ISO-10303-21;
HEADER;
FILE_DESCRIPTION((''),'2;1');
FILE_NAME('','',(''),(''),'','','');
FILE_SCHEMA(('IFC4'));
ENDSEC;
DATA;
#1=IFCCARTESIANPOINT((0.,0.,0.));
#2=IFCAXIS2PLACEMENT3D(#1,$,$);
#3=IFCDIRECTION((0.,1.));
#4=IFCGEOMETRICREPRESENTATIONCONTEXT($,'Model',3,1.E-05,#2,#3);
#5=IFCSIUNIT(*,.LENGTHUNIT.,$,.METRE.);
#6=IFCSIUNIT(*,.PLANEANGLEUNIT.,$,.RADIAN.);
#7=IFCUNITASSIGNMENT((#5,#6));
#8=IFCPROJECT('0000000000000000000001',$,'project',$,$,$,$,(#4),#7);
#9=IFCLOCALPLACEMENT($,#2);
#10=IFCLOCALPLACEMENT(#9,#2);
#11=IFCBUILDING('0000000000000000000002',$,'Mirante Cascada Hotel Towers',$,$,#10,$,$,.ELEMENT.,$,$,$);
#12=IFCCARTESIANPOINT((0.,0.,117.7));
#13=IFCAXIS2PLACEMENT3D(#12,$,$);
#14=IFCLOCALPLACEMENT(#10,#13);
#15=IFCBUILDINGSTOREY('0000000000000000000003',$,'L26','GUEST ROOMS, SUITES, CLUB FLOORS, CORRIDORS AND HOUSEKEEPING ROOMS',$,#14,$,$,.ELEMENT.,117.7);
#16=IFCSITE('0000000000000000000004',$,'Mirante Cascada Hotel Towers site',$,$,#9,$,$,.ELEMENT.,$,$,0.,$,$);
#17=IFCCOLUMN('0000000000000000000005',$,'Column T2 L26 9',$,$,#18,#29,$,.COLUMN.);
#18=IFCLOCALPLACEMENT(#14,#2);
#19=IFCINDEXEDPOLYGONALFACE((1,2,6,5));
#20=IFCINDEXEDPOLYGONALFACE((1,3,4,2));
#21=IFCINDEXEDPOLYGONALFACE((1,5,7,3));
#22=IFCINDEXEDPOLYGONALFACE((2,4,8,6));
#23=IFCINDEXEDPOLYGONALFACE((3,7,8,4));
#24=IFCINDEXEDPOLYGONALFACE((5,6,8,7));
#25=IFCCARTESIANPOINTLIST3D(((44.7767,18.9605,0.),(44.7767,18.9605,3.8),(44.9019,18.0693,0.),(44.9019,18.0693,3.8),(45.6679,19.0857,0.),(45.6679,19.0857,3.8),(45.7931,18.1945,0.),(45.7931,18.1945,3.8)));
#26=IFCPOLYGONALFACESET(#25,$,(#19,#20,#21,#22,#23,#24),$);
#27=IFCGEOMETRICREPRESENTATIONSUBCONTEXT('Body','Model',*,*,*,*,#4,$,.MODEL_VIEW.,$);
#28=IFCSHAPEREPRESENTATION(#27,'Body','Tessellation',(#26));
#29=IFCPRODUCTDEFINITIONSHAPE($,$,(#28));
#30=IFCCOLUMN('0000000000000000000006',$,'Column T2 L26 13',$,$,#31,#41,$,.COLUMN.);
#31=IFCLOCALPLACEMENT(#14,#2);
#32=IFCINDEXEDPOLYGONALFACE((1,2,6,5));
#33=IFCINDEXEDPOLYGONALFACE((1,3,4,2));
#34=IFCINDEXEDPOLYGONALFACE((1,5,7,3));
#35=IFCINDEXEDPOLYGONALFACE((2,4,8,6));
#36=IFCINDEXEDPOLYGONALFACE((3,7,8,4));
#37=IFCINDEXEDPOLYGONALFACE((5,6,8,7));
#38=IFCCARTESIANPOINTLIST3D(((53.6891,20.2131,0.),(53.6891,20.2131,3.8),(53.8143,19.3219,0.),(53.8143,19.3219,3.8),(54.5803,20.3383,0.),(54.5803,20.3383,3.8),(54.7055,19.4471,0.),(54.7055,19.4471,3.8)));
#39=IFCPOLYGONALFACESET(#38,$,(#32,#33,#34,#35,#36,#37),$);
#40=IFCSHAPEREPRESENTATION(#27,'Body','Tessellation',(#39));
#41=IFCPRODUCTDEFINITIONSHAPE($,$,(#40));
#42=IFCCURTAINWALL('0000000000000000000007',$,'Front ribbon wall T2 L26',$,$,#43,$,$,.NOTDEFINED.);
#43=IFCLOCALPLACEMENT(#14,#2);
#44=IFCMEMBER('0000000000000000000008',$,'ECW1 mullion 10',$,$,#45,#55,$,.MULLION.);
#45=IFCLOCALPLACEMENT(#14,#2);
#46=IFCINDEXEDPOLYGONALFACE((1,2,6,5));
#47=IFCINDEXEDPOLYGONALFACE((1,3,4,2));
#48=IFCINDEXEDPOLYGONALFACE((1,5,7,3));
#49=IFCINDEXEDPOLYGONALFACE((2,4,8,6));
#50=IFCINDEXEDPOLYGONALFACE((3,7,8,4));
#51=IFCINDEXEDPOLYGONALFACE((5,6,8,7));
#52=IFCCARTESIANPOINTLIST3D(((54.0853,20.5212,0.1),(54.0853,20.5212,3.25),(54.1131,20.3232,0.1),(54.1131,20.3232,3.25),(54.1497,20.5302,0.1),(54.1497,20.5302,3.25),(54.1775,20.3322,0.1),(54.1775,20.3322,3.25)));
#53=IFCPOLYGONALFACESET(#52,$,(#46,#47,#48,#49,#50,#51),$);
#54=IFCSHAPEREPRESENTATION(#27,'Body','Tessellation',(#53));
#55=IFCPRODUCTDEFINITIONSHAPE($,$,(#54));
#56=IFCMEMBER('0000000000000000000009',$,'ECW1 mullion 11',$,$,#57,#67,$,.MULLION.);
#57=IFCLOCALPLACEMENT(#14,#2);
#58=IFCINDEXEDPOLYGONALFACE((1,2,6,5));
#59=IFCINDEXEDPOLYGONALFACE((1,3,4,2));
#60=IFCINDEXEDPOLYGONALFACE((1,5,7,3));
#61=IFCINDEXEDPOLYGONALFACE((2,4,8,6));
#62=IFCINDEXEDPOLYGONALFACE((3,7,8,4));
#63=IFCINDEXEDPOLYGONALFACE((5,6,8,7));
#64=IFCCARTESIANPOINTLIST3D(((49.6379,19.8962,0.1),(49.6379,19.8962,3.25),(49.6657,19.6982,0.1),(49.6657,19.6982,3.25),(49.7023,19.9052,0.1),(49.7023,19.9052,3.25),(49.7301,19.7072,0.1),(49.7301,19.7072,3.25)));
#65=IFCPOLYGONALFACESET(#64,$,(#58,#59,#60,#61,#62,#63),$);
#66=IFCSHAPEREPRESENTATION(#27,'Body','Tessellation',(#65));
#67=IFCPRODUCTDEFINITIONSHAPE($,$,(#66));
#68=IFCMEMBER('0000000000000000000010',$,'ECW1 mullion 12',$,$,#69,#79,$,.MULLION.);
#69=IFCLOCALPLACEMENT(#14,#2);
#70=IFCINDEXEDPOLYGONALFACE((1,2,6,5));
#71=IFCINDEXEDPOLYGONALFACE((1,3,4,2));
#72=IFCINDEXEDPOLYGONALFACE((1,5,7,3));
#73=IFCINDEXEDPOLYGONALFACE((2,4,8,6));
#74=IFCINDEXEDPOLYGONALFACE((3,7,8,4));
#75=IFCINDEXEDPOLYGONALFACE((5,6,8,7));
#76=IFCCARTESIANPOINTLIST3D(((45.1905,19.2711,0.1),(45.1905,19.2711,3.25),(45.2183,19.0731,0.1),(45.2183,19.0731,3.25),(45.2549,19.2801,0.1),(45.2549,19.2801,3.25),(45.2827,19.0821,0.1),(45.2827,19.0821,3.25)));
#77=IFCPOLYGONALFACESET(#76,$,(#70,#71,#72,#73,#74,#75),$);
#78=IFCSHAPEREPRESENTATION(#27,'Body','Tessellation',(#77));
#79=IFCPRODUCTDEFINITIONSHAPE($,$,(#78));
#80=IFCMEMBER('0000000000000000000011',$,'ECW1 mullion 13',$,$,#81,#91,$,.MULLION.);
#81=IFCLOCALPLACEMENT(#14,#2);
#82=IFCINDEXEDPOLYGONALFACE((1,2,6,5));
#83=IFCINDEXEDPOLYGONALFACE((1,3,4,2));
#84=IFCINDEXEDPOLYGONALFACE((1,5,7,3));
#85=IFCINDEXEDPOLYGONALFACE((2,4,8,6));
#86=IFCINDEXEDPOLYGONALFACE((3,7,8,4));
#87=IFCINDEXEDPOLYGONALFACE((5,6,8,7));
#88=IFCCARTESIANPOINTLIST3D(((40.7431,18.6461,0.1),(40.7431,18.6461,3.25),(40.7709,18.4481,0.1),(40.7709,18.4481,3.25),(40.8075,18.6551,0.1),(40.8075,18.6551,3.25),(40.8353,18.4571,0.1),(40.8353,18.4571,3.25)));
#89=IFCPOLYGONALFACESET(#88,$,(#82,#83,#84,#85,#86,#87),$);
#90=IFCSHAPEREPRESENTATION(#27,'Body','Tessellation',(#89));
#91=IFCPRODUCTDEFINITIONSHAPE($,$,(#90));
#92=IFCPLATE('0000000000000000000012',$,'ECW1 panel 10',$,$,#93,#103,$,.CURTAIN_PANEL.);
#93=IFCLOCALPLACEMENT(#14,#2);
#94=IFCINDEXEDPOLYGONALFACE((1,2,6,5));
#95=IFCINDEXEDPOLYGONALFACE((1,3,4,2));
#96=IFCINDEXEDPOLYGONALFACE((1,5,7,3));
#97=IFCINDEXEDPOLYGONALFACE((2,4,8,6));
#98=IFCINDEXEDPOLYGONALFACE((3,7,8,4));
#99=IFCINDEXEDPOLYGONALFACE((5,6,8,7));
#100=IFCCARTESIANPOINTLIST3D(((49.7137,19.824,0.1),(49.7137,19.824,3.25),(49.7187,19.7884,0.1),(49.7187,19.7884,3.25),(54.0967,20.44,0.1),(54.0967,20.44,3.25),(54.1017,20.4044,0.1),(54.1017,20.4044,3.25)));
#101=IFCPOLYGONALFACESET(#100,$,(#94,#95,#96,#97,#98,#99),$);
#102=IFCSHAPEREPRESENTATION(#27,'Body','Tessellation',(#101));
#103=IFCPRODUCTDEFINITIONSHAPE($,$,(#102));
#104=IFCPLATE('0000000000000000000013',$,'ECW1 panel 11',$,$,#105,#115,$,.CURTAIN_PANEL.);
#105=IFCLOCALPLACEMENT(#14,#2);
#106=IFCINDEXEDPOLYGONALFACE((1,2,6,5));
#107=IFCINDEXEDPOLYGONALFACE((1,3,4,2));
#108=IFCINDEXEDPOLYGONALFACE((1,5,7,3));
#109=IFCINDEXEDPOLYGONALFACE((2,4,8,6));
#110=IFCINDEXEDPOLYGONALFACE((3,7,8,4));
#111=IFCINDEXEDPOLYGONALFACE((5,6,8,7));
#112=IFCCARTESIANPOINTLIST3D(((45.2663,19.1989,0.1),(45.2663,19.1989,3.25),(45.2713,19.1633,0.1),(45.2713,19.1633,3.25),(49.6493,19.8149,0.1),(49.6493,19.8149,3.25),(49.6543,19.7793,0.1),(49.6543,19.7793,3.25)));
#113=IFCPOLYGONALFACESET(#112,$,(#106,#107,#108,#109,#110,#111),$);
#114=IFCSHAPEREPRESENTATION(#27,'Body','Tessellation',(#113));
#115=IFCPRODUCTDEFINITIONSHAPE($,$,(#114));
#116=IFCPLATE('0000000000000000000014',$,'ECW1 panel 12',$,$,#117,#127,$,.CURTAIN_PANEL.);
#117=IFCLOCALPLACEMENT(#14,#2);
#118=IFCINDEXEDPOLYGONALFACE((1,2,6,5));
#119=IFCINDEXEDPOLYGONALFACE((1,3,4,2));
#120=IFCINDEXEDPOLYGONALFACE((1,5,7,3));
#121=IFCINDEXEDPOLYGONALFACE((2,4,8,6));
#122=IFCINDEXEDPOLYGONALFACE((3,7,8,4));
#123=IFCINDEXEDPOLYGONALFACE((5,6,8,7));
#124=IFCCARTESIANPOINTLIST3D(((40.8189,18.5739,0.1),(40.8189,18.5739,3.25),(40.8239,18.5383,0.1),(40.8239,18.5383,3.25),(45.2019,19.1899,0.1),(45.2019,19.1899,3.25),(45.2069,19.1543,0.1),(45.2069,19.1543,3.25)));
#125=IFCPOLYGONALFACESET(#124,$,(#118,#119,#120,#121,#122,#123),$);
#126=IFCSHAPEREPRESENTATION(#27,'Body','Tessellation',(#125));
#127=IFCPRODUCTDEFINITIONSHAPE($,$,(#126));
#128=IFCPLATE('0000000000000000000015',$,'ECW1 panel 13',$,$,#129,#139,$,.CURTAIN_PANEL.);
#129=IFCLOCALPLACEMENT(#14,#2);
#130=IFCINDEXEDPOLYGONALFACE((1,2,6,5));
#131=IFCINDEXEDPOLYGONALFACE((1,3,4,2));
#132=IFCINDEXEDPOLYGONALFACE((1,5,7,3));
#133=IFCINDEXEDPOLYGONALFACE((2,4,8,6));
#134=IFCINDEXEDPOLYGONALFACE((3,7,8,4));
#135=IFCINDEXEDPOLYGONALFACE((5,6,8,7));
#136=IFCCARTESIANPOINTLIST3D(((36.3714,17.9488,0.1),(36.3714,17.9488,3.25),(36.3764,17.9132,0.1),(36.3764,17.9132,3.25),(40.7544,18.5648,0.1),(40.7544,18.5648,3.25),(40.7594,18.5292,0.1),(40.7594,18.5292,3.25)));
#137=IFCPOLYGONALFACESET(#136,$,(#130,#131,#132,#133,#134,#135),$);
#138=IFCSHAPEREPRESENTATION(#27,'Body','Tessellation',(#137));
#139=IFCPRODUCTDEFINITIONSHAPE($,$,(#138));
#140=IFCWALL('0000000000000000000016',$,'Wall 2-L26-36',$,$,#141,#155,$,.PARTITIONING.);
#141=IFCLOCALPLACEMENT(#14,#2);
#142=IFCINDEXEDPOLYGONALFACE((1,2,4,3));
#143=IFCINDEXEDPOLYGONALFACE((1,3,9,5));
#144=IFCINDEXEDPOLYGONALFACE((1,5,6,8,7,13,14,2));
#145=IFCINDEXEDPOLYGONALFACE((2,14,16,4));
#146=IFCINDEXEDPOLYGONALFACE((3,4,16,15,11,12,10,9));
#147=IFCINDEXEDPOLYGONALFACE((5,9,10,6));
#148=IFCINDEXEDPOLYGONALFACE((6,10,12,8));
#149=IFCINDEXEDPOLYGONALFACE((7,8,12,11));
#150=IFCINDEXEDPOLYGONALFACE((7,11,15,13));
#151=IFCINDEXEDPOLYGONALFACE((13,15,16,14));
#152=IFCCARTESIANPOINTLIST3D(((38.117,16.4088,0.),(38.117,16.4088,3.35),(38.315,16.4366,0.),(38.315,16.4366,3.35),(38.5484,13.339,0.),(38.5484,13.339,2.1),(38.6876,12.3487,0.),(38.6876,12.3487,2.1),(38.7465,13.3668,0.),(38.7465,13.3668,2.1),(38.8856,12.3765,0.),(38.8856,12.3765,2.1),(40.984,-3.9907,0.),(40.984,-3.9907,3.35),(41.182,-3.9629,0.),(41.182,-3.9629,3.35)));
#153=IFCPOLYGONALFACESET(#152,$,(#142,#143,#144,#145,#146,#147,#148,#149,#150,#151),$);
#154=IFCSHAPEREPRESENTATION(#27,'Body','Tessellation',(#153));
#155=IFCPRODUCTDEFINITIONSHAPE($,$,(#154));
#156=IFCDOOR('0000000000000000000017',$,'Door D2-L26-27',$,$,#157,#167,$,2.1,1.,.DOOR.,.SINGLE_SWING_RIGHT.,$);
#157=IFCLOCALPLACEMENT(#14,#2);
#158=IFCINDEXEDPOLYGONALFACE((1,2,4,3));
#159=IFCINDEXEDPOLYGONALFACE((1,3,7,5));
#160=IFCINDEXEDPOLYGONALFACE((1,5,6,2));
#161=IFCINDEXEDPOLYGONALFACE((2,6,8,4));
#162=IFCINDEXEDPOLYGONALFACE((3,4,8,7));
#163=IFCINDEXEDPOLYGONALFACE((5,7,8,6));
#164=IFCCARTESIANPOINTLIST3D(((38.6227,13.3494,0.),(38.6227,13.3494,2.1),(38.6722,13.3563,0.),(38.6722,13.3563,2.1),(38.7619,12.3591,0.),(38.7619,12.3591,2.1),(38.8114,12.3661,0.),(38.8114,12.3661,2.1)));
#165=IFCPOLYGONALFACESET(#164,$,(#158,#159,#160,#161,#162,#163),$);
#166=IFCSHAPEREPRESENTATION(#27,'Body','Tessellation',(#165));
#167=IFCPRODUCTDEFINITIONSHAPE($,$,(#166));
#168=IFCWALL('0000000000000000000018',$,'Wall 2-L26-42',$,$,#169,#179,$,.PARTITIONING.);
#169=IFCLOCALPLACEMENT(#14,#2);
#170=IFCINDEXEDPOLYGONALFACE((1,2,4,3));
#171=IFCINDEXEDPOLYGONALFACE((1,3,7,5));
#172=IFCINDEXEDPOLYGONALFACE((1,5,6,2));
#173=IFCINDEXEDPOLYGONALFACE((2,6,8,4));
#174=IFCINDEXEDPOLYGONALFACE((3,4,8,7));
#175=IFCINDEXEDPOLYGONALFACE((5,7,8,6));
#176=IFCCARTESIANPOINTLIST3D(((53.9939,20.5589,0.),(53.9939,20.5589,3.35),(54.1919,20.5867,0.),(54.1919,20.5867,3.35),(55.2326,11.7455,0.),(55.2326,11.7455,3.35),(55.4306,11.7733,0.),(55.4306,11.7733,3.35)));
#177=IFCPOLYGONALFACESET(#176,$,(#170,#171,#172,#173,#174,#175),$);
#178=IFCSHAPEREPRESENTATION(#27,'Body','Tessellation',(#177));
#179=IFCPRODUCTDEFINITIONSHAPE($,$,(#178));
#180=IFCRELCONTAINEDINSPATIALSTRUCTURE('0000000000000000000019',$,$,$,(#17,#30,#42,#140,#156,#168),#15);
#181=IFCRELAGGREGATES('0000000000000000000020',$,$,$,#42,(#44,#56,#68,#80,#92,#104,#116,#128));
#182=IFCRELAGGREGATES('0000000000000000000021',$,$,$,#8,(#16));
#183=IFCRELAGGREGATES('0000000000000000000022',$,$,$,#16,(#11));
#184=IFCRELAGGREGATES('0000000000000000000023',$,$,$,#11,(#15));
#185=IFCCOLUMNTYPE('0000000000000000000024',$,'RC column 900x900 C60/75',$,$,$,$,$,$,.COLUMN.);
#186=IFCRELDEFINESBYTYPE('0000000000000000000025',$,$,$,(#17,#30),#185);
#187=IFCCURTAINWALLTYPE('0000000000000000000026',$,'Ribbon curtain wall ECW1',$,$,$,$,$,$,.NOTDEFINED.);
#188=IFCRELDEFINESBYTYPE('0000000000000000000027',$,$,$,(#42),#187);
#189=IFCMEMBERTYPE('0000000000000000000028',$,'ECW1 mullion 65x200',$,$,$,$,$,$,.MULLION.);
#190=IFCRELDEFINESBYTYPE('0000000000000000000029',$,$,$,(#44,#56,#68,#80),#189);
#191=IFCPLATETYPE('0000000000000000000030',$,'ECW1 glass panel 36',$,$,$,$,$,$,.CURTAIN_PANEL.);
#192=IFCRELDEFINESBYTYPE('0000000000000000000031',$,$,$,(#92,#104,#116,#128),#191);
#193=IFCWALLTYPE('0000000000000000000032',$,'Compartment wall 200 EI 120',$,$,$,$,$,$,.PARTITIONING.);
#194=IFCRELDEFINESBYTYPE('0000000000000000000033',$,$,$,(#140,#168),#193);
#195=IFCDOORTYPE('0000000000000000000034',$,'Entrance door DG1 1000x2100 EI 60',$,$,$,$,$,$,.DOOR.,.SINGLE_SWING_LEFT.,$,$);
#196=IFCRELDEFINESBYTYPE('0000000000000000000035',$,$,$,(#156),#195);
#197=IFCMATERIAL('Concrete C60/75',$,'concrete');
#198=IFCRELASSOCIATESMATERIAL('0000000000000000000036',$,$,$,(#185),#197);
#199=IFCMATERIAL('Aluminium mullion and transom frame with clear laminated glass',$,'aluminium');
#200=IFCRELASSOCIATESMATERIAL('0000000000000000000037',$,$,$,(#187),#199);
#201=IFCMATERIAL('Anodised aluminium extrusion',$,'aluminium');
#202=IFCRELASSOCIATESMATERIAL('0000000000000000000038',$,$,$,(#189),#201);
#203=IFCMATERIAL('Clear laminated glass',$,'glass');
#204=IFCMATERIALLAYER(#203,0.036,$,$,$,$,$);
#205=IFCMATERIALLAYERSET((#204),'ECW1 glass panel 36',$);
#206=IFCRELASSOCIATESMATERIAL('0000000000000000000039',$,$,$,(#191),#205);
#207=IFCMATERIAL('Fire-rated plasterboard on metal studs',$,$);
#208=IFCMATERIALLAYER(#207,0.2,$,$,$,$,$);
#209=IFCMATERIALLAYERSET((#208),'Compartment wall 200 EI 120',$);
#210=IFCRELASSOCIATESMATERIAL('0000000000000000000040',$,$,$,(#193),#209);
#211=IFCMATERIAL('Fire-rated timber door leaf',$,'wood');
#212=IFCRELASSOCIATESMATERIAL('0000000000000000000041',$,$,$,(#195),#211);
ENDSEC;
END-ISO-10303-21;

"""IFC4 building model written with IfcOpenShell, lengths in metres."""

from ifc_helpers import new_model, si_unit, direction, frame, frame_2d, origin, origin_2d, place, context, subcontext, project, spatial, rectangle, extrude, material, layer, layer_set, material_profile, profile_set, type_object, element, fill, aggregate, save


model = new_model("IFC4")

# Units and contexts
model_context = context("Model", 3, precision=1e-05, world=origin(), true_north=direction((0.0, 1.0)))
body_context = subcontext(model_context, "Body", "Model", "MODEL_VIEW")
ifc_project = project(units=[si_unit("LENGTHUNIT", "METRE"), si_unit("PLANEANGLEUNIT", "RADIAN")], contexts=[model_context])

# Site, building, storey
site_placement = place(None, origin())
site = spatial("IfcSite", under=ifc_project, at=site_placement, Name="Mirante Cascada Hotel Towers site", CompositionType="ELEMENT", RefElevation=0.0)
building_placement = place(site_placement, origin())
building = spatial("IfcBuilding", under=site, at=building_placement, Name="Mirante Cascada Hotel Towers", CompositionType="ELEMENT")
storey_placement = place(building_placement, frame((0.0, 0.0, 117.7)))
storey = spatial("IfcBuildingStorey", under=building, at=storey_placement, Name="L26", Description="GUEST ROOMS, SUITES, CLUB FLOORS, CORRIDORS AND HOUSEKEEPING ROOMS", CompositionType="ELEMENT", Elevation=117.7)

# Columns
ifc_material_1 = material(Name="Concrete C60/75", Category="concrete")
ifc_material_profile_1 = material_profile(ifc_material_1, rectangle(XDim=0.9, YDim=0.9, at=origin_2d()), Name="RC column 900x900 C60/75")
ifc_profile_set_1 = profile_set([ifc_material_profile_1], Name="Concrete C60/75")
column_type = type_object("IfcColumnType", Name="RC column 900x900 C60/75", PredefinedType="COLUMN", material=ifc_profile_set_1)
for number, where, z_axis, x_axis, name in (
    (1, (45.2849, 18.5775, 0.0), (0.0, 0.0, 1.0), (0.990268, 0.139173, 0.0), "Column T2 L26 9"),
    (2, (54.1973, 19.8301, 0.0), (0.0, 0.0, 1.0), (0.990268, 0.139173, 0.0), "Column T2 L26 13"),
):
    element("IfcColumn", number, at=place(storey_placement, frame(where, z_axis=z_axis, x_axis=x_axis)), inside=storey, type_object=column_type, Name=name, PredefinedType="COLUMN", context=body_context, shape_type="SweptSolid", body=[
        extrude(rectangle(XDim=0.9, YDim=0.9, at=origin_2d()), origin(), (0.0, 0.0, 1.0), 3.8),
    ])

# Curtain wall, members, plates
ifc_material_2 = material(Name="Aluminium mullion and transom frame with clear laminated glass", Category="aluminium")
curtain_wall_type = type_object("IfcCurtainWallType", Name="Ribbon curtain wall ECW1", PredefinedType="NOTDEFINED", material=ifc_material_2)
curtain_wall_placement = place(storey_placement, origin())
curtain_wall = element("IfcCurtainWall", 3, at=curtain_wall_placement, inside=storey, type_object=curtain_wall_type, Name="Front ribbon wall T2 L26", PredefinedType="NOTDEFINED")
ifc_material_3 = material(Name="Anodised aluminium extrusion", Category="aluminium")
ifc_material_profile_2 = material_profile(ifc_material_3, rectangle(XDim=0.2, YDim=0.065, at=origin_2d()), Name="ECW1 MULLION 65x200")
ifc_profile_set_2 = profile_set([ifc_material_profile_2], Name="Anodised aluminium extrusion")
member_type = type_object("IfcMemberType", Name="ECW1 mullion 65x200", PredefinedType="MULLION", material=ifc_profile_set_2)
member_1_placement = place(storey_placement, frame((54.1314, 20.4267, 0.1), z_axis=(0.0, 0.0, 1.0), x_axis=(0.139173, -0.990268, 0.0)))
member_1 = element("IfcMember", 4, at=member_1_placement, type_object=member_type, Name="ECW1 mullion 10", PredefinedType="MULLION", context=body_context, shape_type="SweptSolid", body=[
    extrude(rectangle(XDim=0.2, YDim=0.065, at=origin_2d()), origin(), (0.0, 0.0, 1.0), 3.15),
])
member_2_placement = place(storey_placement, frame((49.684, 19.8017, 0.1), z_axis=(0.0, 0.0, 1.0), x_axis=(0.139173, -0.990268, 0.0)))
member_2 = element("IfcMember", 5, at=member_2_placement, type_object=member_type, Name="ECW1 mullion 11", PredefinedType="MULLION", context=body_context, shape_type="SweptSolid", body=[
    extrude(rectangle(XDim=0.2, YDim=0.065, at=origin_2d()), origin(), (0.0, 0.0, 1.0), 3.15),
])
member_3_placement = place(storey_placement, frame((45.2366, 19.1766, 0.1), z_axis=(0.0, 0.0, 1.0), x_axis=(0.139173, -0.990268, 0.0)))
member_3 = element("IfcMember", 6, at=member_3_placement, type_object=member_type, Name="ECW1 mullion 12", PredefinedType="MULLION", context=body_context, shape_type="SweptSolid", body=[
    extrude(rectangle(XDim=0.2, YDim=0.065, at=origin_2d()), origin(), (0.0, 0.0, 1.0), 3.15),
])
member_4_placement = place(storey_placement, frame((40.7892, 18.5516, 0.1), z_axis=(0.0, 0.0, 1.0), x_axis=(0.139173, -0.990268, 0.0)))
member_4 = element("IfcMember", 7, at=member_4_placement, type_object=member_type, Name="ECW1 mullion 13", PredefinedType="MULLION", context=body_context, shape_type="SweptSolid", body=[
    extrude(rectangle(XDim=0.2, YDim=0.065, at=origin_2d()), origin(), (0.0, 0.0, 1.0), 3.15),
])
ifc_material_4 = material(Name="Clear laminated glass", Category="glass")
ifc_layer_1 = layer(ifc_material_4, 0.036)
ifc_layer_set_1 = layer_set([ifc_layer_1], Name="ECW1 glass panel 36")
plate_type = type_object("IfcPlateType", Name="ECW1 glass panel 36", PredefinedType="CURTAIN_PANEL", material=ifc_layer_set_1)
plate_1_placement = place(storey_placement, frame((51.9077, 20.1142, 0.1), z_axis=(0.0, 0.0, 1.0), x_axis=(-0.990268, -0.139173, 0.0)))
plate_1 = element("IfcPlate", 8, at=plate_1_placement, type_object=plate_type, Name="ECW1 panel 10", PredefinedType="CURTAIN_PANEL", context=body_context, shape_type="SweptSolid", body=[
    extrude(rectangle(XDim=4.4261, YDim=0.036, at=origin_2d()), origin(), (0.0, 0.0, 1.0), 3.15),
])
plate_2_placement = place(storey_placement, frame((47.4603, 19.4891, 0.1), z_axis=(0.0, 0.0, 1.0), x_axis=(-0.990268, -0.139173, 0.0)))
plate_2 = element("IfcPlate", 9, at=plate_2_placement, type_object=plate_type, Name="ECW1 panel 11", PredefinedType="CURTAIN_PANEL", context=body_context, shape_type="SweptSolid", body=[
    extrude(rectangle(XDim=4.4261, YDim=0.036, at=origin_2d()), origin(), (0.0, 0.0, 1.0), 3.15),
])
plate_3_placement = place(storey_placement, frame((43.0129, 18.8641, 0.1), z_axis=(0.0, 0.0, 1.0), x_axis=(-0.990268, -0.139173, 0.0)))
plate_3 = element("IfcPlate", 10, at=plate_3_placement, type_object=plate_type, Name="ECW1 panel 12", PredefinedType="CURTAIN_PANEL", context=body_context, shape_type="SweptSolid", body=[
    extrude(rectangle(XDim=4.4261, YDim=0.036, at=origin_2d()), origin(), (0.0, 0.0, 1.0), 3.15),
])
plate_4_placement = place(storey_placement, frame((38.5654, 18.239, 0.1), z_axis=(0.0, 0.0, 1.0), x_axis=(-0.990268, -0.139173, 0.0)))
plate_4 = element("IfcPlate", 11, at=plate_4_placement, type_object=plate_type, Name="ECW1 panel 13", PredefinedType="CURTAIN_PANEL", context=body_context, shape_type="SweptSolid", body=[
    extrude(rectangle(XDim=4.4261, YDim=0.036, at=origin_2d()), origin(), (0.0, 0.0, 1.0), 3.15),
])
aggregate(curtain_wall, [member_1, member_2, member_3, member_4, plate_1, plate_2, plate_3, plate_4])

# Wall, opening, door
ifc_material_5 = material(Name="Fire-rated plasterboard on metal studs")
ifc_layer_2 = layer(ifc_material_5, 0.2)
ifc_layer_set_2 = layer_set([ifc_layer_2], Name="Compartment wall 200 EI 120")
wall_type_1 = type_object("IfcWallType", Name="Compartment wall 200 EI 120", PredefinedType="PARTITIONING", material=ifc_layer_set_2)
wall_1_placement = place(storey_placement, frame((38.216, 16.4227, 0.0), z_axis=(0.0, 0.0, 1.0), x_axis=(0.139175, -0.990268, 0.0)))
wall_1 = element("IfcWall", 12, at=wall_1_placement, inside=storey, type_object=wall_type_1, Name="Wall 2-L26-36", PredefinedType="PARTITIONING", context=body_context, shape_type="SweptSolid", body=[
    extrude(rectangle(XDim=20.6, YDim=0.2, at=frame_2d((10.3, 0.0))), origin(), (0.0, 0.0, 1.0), 3.35),
])
opening_1_placement = place(wall_1_placement, frame((3.1, 0.0, 0.0)))
opening_1 = element("IfcOpeningElement", 13, at=opening_1_placement, cuts=wall_1, PredefinedType="OPENING", context=body_context, shape_type="SweptSolid", body=[
    extrude(rectangle(XDim=1.0, YDim=2.1, at=frame_2d((0.5, 1.05))), frame((0.0, 0.1, 0.0), z_axis=(0.0, -1.0, 0.0), x_axis=(1.0, 0.0, 0.0)), (0.0, 0.0, 1.0), 0.2),
])
ifc_material_6 = material(Name="Fire-rated timber door leaf", Category="wood")
door_type_1 = type_object("IfcDoorType", Name="Entrance door DG1 1000x2100 EI 60", OperationType="SINGLE_SWING_LEFT", PredefinedType="DOOR", material=ifc_material_6)
door_1_placement = place(opening_1_placement, frame((1.0, 0.0, 0.0), z_axis=(0.0, 0.0, 1.0), x_axis=(-1.0, 0.0, 0.0)))
door_1 = element("IfcDoor", 14, at=door_1_placement, inside=storey, type_object=door_type_1, Name="Door D2-L26-27", OperationType="SINGLE_SWING_RIGHT", OverallHeight=2.1, OverallWidth=1.0, PredefinedType="DOOR", context=body_context, shape_type="SweptSolid", body=[
    extrude(rectangle(XDim=1.0, YDim=2.1, at=frame_2d((0.5, 1.05))), frame((0.0, 0.025, 0.0), z_axis=(0.0, -1.0, 0.0), x_axis=(1.0, 0.0, 0.0)), (0.0, 0.0, 1.0), 0.05),
])
fill(opening_1, door_1)

# Wall
wall_2_placement = place(storey_placement, frame((54.0929, 20.5728, 0.0), z_axis=(0.0, 0.0, 1.0), x_axis=(0.139179, -0.990267, 0.0)))
element("IfcWall", 15, at=wall_2_placement, inside=storey, type_object=wall_type_1, Name="Wall 2-L26-42", PredefinedType="PARTITIONING", context=body_context, shape_type="SweptSolid", body=[
    extrude(rectangle(XDim=8.9, YDim=0.2, at=frame_2d((4.45, 0.0))), origin(), (0.0, 0.0, 1.0), 3.35),
])

save(model, "model.ifc")
